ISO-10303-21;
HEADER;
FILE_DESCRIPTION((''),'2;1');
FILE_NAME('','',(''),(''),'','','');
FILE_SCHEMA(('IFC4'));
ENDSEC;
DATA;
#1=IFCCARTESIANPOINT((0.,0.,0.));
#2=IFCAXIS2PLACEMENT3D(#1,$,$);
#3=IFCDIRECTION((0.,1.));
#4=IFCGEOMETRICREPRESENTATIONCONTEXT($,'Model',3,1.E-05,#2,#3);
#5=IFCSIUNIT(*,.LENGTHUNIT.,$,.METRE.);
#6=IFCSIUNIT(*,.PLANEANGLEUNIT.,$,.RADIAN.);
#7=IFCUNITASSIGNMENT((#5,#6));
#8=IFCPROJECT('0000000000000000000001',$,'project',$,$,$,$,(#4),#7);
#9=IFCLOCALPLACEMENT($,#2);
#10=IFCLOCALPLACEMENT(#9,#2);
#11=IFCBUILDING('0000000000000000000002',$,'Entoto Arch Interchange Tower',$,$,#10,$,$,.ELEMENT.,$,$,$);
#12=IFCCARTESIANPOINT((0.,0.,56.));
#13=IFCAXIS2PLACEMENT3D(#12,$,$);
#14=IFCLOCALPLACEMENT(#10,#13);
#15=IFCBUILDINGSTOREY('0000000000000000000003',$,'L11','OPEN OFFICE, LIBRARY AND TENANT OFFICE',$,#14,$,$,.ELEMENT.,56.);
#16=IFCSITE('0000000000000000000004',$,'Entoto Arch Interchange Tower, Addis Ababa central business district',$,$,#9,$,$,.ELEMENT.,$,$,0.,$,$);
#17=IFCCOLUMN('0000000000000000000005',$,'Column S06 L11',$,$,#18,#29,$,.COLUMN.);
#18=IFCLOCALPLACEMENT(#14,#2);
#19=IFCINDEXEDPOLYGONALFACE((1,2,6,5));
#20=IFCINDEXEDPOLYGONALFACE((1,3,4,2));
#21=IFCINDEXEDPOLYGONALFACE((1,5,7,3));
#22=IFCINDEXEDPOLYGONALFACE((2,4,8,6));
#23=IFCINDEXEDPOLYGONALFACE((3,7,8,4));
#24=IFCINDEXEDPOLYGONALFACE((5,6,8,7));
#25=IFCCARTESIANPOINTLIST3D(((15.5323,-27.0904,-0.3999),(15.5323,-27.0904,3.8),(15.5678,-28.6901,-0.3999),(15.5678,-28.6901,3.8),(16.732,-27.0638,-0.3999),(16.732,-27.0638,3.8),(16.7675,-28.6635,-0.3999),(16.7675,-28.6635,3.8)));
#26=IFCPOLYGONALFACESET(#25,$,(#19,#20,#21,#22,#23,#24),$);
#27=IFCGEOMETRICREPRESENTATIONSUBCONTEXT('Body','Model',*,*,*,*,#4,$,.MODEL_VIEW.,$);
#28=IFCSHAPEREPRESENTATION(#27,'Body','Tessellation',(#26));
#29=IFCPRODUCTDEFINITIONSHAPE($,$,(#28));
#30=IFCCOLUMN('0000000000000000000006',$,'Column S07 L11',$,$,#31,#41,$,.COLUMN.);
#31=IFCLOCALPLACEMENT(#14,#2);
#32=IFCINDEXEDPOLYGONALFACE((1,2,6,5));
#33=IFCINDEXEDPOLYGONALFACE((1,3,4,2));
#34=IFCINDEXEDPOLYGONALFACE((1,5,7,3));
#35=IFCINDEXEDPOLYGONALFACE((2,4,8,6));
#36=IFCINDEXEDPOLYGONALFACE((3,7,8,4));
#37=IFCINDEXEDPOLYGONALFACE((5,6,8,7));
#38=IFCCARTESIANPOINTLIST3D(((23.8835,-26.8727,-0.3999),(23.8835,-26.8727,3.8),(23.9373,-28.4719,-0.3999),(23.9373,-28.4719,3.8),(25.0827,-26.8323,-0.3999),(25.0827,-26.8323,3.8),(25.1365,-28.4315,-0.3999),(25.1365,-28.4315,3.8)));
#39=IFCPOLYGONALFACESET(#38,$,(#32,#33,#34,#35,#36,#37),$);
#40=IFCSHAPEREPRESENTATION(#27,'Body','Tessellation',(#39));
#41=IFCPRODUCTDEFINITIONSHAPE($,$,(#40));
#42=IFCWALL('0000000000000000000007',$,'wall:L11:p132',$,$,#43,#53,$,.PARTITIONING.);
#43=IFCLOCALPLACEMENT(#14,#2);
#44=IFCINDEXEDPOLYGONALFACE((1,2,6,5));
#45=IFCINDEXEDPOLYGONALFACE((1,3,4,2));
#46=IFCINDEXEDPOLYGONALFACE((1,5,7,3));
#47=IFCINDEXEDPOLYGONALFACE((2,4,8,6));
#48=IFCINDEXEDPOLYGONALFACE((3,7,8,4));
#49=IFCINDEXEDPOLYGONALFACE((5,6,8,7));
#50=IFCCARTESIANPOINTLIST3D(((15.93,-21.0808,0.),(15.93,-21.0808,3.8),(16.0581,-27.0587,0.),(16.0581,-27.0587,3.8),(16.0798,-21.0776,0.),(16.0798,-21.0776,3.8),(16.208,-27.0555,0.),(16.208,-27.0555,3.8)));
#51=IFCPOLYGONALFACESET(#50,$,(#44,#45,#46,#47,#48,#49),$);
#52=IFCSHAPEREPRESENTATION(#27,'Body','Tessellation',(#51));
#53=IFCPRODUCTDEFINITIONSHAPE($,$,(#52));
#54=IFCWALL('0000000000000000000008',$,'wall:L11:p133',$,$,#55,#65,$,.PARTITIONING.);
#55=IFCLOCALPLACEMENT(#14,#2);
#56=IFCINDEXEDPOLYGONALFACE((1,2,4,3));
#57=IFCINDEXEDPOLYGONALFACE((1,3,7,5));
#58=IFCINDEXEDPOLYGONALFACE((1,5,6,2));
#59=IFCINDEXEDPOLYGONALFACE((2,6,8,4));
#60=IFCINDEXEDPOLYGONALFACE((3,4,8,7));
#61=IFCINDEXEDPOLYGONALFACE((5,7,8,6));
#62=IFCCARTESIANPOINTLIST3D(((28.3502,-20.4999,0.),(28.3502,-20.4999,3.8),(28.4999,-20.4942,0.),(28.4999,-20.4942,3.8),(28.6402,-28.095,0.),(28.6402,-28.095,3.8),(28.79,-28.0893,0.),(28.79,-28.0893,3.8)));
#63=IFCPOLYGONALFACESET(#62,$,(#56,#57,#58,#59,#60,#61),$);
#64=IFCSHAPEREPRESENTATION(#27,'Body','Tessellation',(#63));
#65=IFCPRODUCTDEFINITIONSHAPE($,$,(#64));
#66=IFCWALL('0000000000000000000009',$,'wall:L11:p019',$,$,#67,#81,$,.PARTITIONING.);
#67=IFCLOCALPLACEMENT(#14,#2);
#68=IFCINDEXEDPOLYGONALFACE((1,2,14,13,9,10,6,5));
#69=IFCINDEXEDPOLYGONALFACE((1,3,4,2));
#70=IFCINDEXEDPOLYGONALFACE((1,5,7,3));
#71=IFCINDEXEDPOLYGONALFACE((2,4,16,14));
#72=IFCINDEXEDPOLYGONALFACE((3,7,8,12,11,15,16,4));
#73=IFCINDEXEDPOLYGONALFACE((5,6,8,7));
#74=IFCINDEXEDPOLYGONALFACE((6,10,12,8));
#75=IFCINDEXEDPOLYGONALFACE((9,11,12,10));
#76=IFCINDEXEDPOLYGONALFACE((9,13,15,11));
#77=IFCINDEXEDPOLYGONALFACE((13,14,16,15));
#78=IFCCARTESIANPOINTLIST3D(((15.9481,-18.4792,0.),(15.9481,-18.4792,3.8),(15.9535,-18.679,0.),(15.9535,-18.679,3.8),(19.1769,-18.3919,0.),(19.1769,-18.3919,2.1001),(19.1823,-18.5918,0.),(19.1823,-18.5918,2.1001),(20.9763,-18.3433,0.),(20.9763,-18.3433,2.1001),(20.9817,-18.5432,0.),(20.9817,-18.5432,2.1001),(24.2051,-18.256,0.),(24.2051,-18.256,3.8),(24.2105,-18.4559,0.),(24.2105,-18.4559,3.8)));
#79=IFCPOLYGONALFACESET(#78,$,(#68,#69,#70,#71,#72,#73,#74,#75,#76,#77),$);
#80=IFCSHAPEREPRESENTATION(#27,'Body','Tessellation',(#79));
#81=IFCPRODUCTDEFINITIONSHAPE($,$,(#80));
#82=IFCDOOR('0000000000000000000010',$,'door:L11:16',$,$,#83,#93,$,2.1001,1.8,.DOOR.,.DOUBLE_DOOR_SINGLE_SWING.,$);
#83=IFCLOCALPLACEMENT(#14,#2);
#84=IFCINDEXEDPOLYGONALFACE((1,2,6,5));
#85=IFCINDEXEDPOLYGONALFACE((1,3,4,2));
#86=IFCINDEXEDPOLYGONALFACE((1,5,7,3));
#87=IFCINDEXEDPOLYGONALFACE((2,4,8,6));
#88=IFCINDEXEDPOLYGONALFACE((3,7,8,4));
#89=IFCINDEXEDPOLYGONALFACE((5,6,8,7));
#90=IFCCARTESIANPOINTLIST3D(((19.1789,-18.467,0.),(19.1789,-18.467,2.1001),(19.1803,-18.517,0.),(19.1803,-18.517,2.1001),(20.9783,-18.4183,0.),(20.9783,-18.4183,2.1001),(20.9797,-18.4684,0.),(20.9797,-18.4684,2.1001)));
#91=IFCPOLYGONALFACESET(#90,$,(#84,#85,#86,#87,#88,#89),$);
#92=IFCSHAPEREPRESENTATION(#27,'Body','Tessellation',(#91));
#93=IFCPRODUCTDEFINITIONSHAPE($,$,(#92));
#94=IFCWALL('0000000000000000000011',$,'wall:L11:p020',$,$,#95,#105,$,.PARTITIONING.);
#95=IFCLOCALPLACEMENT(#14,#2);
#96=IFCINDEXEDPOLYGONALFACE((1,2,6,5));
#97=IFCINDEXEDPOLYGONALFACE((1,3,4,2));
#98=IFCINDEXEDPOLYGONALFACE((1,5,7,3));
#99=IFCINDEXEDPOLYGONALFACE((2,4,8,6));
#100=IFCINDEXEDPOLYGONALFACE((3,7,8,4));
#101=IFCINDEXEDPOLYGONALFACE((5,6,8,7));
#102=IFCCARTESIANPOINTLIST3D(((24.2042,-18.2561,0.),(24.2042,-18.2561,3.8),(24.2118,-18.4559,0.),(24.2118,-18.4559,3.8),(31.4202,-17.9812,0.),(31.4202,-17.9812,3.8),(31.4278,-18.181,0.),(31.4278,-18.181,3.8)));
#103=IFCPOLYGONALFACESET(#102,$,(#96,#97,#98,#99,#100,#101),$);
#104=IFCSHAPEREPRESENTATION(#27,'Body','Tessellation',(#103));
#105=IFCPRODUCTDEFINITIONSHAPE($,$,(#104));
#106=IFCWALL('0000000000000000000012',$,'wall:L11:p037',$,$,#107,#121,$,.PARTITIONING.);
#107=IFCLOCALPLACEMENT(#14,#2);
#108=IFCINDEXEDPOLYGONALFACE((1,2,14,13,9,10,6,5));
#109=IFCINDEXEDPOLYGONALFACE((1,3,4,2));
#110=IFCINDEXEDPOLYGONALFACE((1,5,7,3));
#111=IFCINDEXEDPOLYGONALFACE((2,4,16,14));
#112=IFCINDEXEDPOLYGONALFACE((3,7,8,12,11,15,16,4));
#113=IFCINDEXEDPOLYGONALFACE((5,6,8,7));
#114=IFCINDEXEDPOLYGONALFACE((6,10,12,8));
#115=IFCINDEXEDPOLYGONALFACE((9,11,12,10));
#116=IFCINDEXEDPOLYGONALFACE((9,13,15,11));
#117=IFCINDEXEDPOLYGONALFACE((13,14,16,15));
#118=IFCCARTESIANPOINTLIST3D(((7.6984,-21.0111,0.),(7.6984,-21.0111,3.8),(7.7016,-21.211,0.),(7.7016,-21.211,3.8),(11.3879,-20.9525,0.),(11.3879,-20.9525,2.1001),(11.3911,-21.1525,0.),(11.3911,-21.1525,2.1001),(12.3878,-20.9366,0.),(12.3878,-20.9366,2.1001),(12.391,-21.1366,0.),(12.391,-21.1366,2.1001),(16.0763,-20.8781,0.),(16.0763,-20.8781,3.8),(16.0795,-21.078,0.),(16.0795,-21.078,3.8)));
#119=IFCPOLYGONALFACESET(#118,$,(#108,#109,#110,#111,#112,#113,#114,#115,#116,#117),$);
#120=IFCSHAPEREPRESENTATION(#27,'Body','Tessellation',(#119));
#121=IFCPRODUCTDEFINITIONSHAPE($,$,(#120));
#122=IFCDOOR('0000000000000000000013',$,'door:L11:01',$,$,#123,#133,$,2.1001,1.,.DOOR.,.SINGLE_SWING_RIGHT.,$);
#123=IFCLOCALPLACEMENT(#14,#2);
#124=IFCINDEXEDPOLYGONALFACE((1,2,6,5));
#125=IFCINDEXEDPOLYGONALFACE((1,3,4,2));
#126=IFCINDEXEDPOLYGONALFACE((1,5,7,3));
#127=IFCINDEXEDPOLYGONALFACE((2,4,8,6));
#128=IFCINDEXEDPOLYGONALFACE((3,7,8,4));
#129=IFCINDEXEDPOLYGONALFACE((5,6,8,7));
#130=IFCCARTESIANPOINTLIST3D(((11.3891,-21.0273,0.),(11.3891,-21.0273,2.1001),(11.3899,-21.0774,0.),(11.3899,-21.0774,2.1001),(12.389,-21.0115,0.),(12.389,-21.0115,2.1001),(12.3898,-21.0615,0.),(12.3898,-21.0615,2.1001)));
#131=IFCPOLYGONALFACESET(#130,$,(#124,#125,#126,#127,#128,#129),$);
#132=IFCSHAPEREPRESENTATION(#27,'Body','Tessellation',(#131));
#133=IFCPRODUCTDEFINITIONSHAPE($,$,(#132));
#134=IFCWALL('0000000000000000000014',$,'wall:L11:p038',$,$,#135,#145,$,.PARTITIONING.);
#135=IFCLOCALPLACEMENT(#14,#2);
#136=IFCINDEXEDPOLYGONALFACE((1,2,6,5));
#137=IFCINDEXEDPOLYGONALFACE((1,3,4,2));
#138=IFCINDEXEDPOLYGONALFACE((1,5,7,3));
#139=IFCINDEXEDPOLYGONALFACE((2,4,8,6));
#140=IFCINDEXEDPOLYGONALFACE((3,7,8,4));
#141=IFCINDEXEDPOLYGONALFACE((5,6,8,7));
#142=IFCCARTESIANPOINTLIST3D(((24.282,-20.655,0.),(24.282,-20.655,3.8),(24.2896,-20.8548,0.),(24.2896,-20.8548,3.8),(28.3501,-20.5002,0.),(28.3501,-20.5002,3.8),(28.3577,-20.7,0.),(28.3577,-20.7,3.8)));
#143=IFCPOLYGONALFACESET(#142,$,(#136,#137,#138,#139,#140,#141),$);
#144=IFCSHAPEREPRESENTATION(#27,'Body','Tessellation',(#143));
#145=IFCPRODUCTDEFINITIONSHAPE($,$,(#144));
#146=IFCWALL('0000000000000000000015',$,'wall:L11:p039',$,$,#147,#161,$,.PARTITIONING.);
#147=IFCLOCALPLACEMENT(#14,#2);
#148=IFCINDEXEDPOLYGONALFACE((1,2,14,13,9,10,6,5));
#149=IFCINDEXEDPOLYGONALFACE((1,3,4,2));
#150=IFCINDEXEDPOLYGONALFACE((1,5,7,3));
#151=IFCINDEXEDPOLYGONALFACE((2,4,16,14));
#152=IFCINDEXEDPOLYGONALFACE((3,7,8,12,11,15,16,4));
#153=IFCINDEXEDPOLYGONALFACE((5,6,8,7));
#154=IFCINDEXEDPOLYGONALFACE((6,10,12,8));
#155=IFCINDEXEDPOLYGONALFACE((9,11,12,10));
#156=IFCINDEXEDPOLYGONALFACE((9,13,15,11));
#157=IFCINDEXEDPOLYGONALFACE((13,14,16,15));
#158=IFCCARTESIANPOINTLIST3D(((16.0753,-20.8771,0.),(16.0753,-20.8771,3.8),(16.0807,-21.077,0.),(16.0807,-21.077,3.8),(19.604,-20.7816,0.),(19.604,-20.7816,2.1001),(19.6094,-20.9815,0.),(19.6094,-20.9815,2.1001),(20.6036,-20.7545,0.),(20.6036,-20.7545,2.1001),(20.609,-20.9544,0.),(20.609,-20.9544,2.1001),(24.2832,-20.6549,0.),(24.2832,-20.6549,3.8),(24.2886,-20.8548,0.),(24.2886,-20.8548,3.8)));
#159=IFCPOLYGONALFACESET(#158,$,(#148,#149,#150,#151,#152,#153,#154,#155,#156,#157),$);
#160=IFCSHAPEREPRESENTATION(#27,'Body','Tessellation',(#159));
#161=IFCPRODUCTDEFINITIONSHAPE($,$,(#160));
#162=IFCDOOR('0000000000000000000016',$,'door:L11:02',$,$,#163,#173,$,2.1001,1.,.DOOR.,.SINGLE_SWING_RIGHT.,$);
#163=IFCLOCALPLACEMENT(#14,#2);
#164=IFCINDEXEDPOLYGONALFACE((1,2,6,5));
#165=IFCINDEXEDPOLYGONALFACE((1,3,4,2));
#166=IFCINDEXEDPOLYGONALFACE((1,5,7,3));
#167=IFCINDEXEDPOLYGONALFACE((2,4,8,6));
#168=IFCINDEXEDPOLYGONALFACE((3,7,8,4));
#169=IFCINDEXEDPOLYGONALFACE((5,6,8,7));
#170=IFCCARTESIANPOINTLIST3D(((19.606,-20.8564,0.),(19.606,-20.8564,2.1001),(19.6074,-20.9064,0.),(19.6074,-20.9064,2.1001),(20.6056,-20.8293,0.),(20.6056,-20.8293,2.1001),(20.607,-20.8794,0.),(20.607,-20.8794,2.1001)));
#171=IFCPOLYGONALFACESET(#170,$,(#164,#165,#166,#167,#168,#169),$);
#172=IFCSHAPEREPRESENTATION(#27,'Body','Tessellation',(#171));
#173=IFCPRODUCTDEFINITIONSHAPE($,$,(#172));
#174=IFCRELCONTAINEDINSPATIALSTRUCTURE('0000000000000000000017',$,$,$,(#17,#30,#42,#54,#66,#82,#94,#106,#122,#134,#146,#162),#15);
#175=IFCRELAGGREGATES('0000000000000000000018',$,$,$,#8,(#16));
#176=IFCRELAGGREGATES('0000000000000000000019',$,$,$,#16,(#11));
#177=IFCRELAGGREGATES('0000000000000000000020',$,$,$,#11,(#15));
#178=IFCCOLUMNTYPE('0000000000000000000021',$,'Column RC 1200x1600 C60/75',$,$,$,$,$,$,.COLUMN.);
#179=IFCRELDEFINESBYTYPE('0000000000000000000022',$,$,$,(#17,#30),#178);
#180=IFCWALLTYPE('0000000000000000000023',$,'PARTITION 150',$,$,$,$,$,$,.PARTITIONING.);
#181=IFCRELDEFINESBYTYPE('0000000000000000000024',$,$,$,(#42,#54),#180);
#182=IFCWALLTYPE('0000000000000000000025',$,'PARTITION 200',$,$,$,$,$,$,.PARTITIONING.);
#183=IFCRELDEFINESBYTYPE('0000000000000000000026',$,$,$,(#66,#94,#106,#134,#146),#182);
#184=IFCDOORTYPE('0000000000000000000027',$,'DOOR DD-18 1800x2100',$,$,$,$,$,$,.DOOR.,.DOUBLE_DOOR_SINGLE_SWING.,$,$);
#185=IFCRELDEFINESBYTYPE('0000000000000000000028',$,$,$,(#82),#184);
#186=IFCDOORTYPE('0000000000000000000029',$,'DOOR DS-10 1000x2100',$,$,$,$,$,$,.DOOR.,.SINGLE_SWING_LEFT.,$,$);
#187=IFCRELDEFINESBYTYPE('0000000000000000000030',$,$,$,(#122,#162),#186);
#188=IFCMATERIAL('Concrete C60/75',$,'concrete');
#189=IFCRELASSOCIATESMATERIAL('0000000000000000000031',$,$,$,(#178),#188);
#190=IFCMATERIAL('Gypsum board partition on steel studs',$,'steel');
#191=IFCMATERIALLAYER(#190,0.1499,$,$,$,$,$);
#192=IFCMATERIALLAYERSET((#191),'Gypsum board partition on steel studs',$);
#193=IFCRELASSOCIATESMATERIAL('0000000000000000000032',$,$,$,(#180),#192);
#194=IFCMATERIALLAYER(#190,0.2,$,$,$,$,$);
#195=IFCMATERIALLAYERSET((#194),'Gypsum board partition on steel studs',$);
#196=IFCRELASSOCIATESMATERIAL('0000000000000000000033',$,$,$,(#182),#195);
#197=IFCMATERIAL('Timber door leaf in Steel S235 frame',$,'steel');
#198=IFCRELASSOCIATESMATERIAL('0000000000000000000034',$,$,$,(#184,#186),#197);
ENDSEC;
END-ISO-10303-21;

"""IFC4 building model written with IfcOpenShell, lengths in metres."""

from ifc_helpers import new_model, si_unit, direction, frame, frame_2d, origin, origin_2d, place, context, subcontext, project, spatial, rectangle, extrude, material, layer, layer_set, material_profile, profile_set, type_object, element, fill, save


model = new_model("IFC4")

# Units and contexts
model_context = context("Model", 3, precision=1e-05, world=origin(), true_north=direction((0.0, 1.0)))
body_context = subcontext(model_context, "Body", "Model", "MODEL_VIEW")
ifc_project = project(units=[si_unit("LENGTHUNIT", "METRE"), si_unit("PLANEANGLEUNIT", "RADIAN")], contexts=[model_context])

# Site, building, storey
site_placement = place(None, origin())
site = spatial("IfcSite", under=ifc_project, at=site_placement, Name="Entoto Arch Interchange Tower, Addis Ababa central business district", CompositionType="ELEMENT", RefElevation=0.0)
building_placement = place(site_placement, origin())
building = spatial("IfcBuilding", under=site, at=building_placement, Name="Entoto Arch Interchange Tower", CompositionType="ELEMENT")
storey_placement = place(building_placement, frame((0.0, 0.0, 56.0)))
storey = spatial("IfcBuildingStorey", under=building, at=storey_placement, Name="L11", Description="OPEN OFFICE, LIBRARY AND TENANT OFFICE", CompositionType="ELEMENT", Elevation=56.0)

# Columns
ifc_material_1 = material(Name="Concrete C60/75", Category="concrete")
ifc_material_profile = material_profile(ifc_material_1, rectangle(XDim=1.2, YDim=1.6001, at=origin_2d()))
ifc_profile_set = profile_set([ifc_material_profile], Name="Concrete C60/75")
column_type = type_object("IfcColumnType", Name="Column RC 1200x1600 C60/75", PredefinedType="COLUMN", material=ifc_profile_set)
for number, where, z_axis, x_axis, name in (
    (1, (16.1499, -27.877, -0.3999), (0.0, 0.0, 1.0), (0.999754, 0.022164, 0.0), "Column S06 L11"),
    (2, (24.51, -27.6521, -0.3999), (0.0, 0.0, 1.0), (0.999434, 0.033626, 0.0), "Column S07 L11"),
):
    element("IfcColumn", number, at=place(storey_placement, frame(where, z_axis=z_axis, x_axis=x_axis)), inside=storey, type_object=column_type, Name=name, PredefinedType="COLUMN", context=body_context, shape_type="SweptSolid", body=[
        extrude(rectangle(XDim=1.2, YDim=1.6001, at=origin_2d()), origin(), (0.0, 0.0, 1.0), 4.2),
    ])

# Walls
ifc_material_2 = material(Name="Gypsum board partition on steel studs", Category="steel")
ifc_layer_1 = layer(ifc_material_2, 0.1499)
ifc_layer_set_1 = layer_set([ifc_layer_1], Name="Gypsum board partition on steel studs")
wall_type_1 = type_object("IfcWallType", Name="PARTITION 150", PredefinedType="PARTITIONING", material=ifc_layer_set_1)
wall_1_placement = place(storey_placement, frame((16.0049, -21.0791, 0.0), z_axis=(0.0, 0.0, 1.0), x_axis=(0.021437, -0.99977, 0.0)))
element("IfcWall", 3, at=wall_1_placement, inside=storey, type_object=wall_type_1, Name="wall:L11:p132", PredefinedType="PARTITIONING", context=body_context, shape_type="SweptSolid", body=[
    extrude(rectangle(XDim=5.9792, YDim=0.1499, at=frame_2d((2.9897, 0.0))), origin(), (0.0, 0.0, 1.0), 3.8),
])
wall_2_placement = place(storey_placement, frame((28.425, -20.4971, 0.0), z_axis=(0.0, 0.0, 1.0), x_axis=(0.03816, -0.999272, 0.0)))
element("IfcWall", 4, at=wall_2_placement, inside=storey, type_object=wall_type_1, Name="wall:L11:p133", PredefinedType="PARTITIONING", context=body_context, shape_type="SweptSolid", body=[
    extrude(rectangle(XDim=7.6006, YDim=0.1499, at=frame_2d((3.8003, 0.0))), origin(), (0.0, 0.0, 1.0), 3.8),
])

# Wall, opening, door
ifc_layer_2 = layer(ifc_material_2, 0.2)
ifc_layer_set_2 = layer_set([ifc_layer_2], Name="Gypsum board partition on steel studs")
wall_type_2 = type_object("IfcWallType", Name="PARTITION 200", PredefinedType="PARTITIONING", material=ifc_layer_set_2)
wall_3_placement = place(storey_placement, frame((15.9509, -18.5791, 0.0), z_axis=(0.0, 0.0, 1.0), x_axis=(0.999635, 0.027015, 0.0)))
wall_3 = element("IfcWall", 5, at=wall_3_placement, inside=storey, type_object=wall_type_2, Name="wall:L11:p019", PredefinedType="PARTITIONING", context=body_context, shape_type="SweptSolid", body=[
    extrude(rectangle(XDim=8.26, YDim=0.2, at=frame_2d((4.1299, 0.0))), origin(), (0.0, 0.0, 1.0), 3.8),
])
opening_1_placement = place(wall_3_placement, frame((3.23, 0.0, 0.0)))
opening_1 = element("IfcOpeningElement", 6, at=opening_1_placement, cuts=wall_3, PredefinedType="OPENING", context=body_context, shape_type="SweptSolid", body=[
    extrude(rectangle(XDim=1.8, YDim=2.1001, at=frame_2d((0.8999, 1.05))), frame((0.0, 0.1099, 0.0), z_axis=(0.0, -1.0, 0.0), x_axis=(1.0, 0.0, 0.0)), (0.0, 0.0, 1.0), 0.22),
])
ifc_material_3 = material(Name="Timber door leaf in Steel S235 frame", Category="steel")
door_type_1 = type_object("IfcDoorType", Name="DOOR DD-18 1800x2100", OperationType="DOUBLE_DOOR_SINGLE_SWING", PredefinedType="DOOR", material=ifc_material_3)
door_1_placement = place(opening_1_placement, origin())
door_1 = element("IfcDoor", 7, at=door_1_placement, inside=storey, type_object=door_type_1, Name="door:L11:16", OperationType="DOUBLE_DOOR_SINGLE_SWING", OverallHeight=2.1001, OverallWidth=1.8, PredefinedType="DOOR", context=body_context, shape_type="SweptSolid", body=[
    extrude(rectangle(XDim=1.8, YDim=2.1001, at=frame_2d((0.8999, 1.05))), frame((0.0, 0.0249, 0.0), z_axis=(0.0, -1.0, 0.0), x_axis=(1.0, 0.0, 0.0)), (0.0, 0.0, 1.0), 0.05),
])
fill(opening_1, door_1)

# Wall
wall_4_placement = place(storey_placement, frame((24.208, -18.356, 0.0), z_axis=(0.0, 0.0, 1.0), x_axis=(0.999275, 0.038068, 0.0)))
element("IfcWall", 8, at=wall_4_placement, inside=storey, type_object=wall_type_2, Name="wall:L11:p020", PredefinedType="PARTITIONING", context=body_context, shape_type="SweptSolid", body=[
    extrude(rectangle(XDim=7.2212, YDim=0.2, at=frame_2d((3.6106, 0.0))), origin(), (0.0, 0.0, 1.0), 3.8),
])

# Wall, opening, door
wall_5_placement = place(storey_placement, frame((16.0779, -20.978, 0.0), z_axis=(0.0, 0.0, 1.0), x_axis=(-0.999874, -0.01588, 0.0)))
wall_5 = element("IfcWall", 9, at=wall_5_placement, inside=storey, type_object=wall_type_2, Name="wall:L11:p037", PredefinedType="PARTITIONING", context=body_context, shape_type="SweptSolid", body=[
    extrude(rectangle(XDim=8.3789, YDim=0.2, at=frame_2d((4.1895, 0.0))), origin(), (0.0, 0.0, 1.0), 3.8),
])
opening_2_placement = place(wall_5_placement, frame((3.689, 0.0, 0.0)))
opening_2 = element("IfcOpeningElement", 10, at=opening_2_placement, cuts=wall_5, PredefinedType="OPENING", context=body_context, shape_type="SweptSolid", body=[
    extrude(rectangle(XDim=1.0, YDim=2.1001, at=frame_2d((0.5, 1.05))), frame((0.0, 0.1099, 0.0), z_axis=(0.0, -1.0, 0.0), x_axis=(1.0, 0.0, 0.0)), (0.0, 0.0, 1.0), 0.22),
])
door_type_2 = type_object("IfcDoorType", Name="DOOR DS-10 1000x2100", OperationType="SINGLE_SWING_LEFT", PredefinedType="DOOR", material=ifc_material_3)
door_2_placement = place(opening_2_placement, origin())
door_2 = element("IfcDoor", 11, at=door_2_placement, inside=storey, type_object=door_type_2, Name="door:L11:01", OperationType="SINGLE_SWING_RIGHT", OverallHeight=2.1001, OverallWidth=1.0, PredefinedType="DOOR", context=body_context, shape_type="SweptSolid", body=[
    extrude(rectangle(XDim=1.0, YDim=2.1001, at=frame_2d((0.5, 1.05))), frame((0.0, 0.0249, 0.0), z_axis=(0.0, -1.0, 0.0), x_axis=(1.0, 0.0, 0.0)), (0.0, 0.0, 1.0), 0.05),
])
fill(opening_2, door_2)

# Wall
wall_6_placement = place(storey_placement, frame((28.354, -20.6001, 0.0), z_axis=(0.0, 0.0, 1.0), x_axis=(-0.999277, -0.038021, 0.0)))
element("IfcWall", 12, at=wall_6_placement, inside=storey, type_object=wall_type_2, Name="wall:L11:p038", PredefinedType="PARTITIONING", context=body_context, shape_type="SweptSolid", body=[
    extrude(rectangle(XDim=4.071, YDim=0.2, at=frame_2d((2.0356, 0.0))), origin(), (0.0, 0.0, 1.0), 3.8),
])

# Wall, opening, door
wall_7_placement = place(storey_placement, frame((24.2859, -20.7549, 0.0), z_axis=(0.0, 0.0, 1.0), x_axis=(-0.999634, -0.027057, 0.0)))
wall_7 = element("IfcWall", 13, at=wall_7_placement, inside=storey, type_object=wall_type_2, Name="wall:L11:p039", PredefinedType="PARTITIONING", context=body_context, shape_type="SweptSolid", body=[
    extrude(rectangle(XDim=8.2109, YDim=0.2, at=frame_2d((4.1055, 0.0))), origin(), (0.0, 0.0, 1.0), 3.8),
])
opening_3_placement = place(wall_7_placement, frame((3.6809, 0.0, 0.0)))
opening_3 = element("IfcOpeningElement", 14, at=opening_3_placement, cuts=wall_7, PredefinedType="OPENING", context=body_context, shape_type="SweptSolid", body=[
    extrude(rectangle(XDim=1.0, YDim=2.1001, at=frame_2d((0.5, 1.05))), frame((0.0, 0.1099, 0.0), z_axis=(0.0, -1.0, 0.0), x_axis=(1.0, 0.0, 0.0)), (0.0, 0.0, 1.0), 0.22),
])
door_3_placement = place(opening_3_placement, origin())
door_3 = element("IfcDoor", 15, at=door_3_placement, inside=storey, type_object=door_type_2, Name="door:L11:02", OperationType="SINGLE_SWING_RIGHT", OverallHeight=2.1001, OverallWidth=1.0, PredefinedType="DOOR", context=body_context, shape_type="SweptSolid", body=[
    extrude(rectangle(XDim=1.0, YDim=2.1001, at=frame_2d((0.5, 1.05))), frame((0.0, 0.0249, 0.0), z_axis=(0.0, -1.0, 0.0), x_axis=(1.0, 0.0, 0.0)), (0.0, 0.0, 1.0), 0.05),
])
fill(opening_3, door_3)

save(model, "model.ifc")
